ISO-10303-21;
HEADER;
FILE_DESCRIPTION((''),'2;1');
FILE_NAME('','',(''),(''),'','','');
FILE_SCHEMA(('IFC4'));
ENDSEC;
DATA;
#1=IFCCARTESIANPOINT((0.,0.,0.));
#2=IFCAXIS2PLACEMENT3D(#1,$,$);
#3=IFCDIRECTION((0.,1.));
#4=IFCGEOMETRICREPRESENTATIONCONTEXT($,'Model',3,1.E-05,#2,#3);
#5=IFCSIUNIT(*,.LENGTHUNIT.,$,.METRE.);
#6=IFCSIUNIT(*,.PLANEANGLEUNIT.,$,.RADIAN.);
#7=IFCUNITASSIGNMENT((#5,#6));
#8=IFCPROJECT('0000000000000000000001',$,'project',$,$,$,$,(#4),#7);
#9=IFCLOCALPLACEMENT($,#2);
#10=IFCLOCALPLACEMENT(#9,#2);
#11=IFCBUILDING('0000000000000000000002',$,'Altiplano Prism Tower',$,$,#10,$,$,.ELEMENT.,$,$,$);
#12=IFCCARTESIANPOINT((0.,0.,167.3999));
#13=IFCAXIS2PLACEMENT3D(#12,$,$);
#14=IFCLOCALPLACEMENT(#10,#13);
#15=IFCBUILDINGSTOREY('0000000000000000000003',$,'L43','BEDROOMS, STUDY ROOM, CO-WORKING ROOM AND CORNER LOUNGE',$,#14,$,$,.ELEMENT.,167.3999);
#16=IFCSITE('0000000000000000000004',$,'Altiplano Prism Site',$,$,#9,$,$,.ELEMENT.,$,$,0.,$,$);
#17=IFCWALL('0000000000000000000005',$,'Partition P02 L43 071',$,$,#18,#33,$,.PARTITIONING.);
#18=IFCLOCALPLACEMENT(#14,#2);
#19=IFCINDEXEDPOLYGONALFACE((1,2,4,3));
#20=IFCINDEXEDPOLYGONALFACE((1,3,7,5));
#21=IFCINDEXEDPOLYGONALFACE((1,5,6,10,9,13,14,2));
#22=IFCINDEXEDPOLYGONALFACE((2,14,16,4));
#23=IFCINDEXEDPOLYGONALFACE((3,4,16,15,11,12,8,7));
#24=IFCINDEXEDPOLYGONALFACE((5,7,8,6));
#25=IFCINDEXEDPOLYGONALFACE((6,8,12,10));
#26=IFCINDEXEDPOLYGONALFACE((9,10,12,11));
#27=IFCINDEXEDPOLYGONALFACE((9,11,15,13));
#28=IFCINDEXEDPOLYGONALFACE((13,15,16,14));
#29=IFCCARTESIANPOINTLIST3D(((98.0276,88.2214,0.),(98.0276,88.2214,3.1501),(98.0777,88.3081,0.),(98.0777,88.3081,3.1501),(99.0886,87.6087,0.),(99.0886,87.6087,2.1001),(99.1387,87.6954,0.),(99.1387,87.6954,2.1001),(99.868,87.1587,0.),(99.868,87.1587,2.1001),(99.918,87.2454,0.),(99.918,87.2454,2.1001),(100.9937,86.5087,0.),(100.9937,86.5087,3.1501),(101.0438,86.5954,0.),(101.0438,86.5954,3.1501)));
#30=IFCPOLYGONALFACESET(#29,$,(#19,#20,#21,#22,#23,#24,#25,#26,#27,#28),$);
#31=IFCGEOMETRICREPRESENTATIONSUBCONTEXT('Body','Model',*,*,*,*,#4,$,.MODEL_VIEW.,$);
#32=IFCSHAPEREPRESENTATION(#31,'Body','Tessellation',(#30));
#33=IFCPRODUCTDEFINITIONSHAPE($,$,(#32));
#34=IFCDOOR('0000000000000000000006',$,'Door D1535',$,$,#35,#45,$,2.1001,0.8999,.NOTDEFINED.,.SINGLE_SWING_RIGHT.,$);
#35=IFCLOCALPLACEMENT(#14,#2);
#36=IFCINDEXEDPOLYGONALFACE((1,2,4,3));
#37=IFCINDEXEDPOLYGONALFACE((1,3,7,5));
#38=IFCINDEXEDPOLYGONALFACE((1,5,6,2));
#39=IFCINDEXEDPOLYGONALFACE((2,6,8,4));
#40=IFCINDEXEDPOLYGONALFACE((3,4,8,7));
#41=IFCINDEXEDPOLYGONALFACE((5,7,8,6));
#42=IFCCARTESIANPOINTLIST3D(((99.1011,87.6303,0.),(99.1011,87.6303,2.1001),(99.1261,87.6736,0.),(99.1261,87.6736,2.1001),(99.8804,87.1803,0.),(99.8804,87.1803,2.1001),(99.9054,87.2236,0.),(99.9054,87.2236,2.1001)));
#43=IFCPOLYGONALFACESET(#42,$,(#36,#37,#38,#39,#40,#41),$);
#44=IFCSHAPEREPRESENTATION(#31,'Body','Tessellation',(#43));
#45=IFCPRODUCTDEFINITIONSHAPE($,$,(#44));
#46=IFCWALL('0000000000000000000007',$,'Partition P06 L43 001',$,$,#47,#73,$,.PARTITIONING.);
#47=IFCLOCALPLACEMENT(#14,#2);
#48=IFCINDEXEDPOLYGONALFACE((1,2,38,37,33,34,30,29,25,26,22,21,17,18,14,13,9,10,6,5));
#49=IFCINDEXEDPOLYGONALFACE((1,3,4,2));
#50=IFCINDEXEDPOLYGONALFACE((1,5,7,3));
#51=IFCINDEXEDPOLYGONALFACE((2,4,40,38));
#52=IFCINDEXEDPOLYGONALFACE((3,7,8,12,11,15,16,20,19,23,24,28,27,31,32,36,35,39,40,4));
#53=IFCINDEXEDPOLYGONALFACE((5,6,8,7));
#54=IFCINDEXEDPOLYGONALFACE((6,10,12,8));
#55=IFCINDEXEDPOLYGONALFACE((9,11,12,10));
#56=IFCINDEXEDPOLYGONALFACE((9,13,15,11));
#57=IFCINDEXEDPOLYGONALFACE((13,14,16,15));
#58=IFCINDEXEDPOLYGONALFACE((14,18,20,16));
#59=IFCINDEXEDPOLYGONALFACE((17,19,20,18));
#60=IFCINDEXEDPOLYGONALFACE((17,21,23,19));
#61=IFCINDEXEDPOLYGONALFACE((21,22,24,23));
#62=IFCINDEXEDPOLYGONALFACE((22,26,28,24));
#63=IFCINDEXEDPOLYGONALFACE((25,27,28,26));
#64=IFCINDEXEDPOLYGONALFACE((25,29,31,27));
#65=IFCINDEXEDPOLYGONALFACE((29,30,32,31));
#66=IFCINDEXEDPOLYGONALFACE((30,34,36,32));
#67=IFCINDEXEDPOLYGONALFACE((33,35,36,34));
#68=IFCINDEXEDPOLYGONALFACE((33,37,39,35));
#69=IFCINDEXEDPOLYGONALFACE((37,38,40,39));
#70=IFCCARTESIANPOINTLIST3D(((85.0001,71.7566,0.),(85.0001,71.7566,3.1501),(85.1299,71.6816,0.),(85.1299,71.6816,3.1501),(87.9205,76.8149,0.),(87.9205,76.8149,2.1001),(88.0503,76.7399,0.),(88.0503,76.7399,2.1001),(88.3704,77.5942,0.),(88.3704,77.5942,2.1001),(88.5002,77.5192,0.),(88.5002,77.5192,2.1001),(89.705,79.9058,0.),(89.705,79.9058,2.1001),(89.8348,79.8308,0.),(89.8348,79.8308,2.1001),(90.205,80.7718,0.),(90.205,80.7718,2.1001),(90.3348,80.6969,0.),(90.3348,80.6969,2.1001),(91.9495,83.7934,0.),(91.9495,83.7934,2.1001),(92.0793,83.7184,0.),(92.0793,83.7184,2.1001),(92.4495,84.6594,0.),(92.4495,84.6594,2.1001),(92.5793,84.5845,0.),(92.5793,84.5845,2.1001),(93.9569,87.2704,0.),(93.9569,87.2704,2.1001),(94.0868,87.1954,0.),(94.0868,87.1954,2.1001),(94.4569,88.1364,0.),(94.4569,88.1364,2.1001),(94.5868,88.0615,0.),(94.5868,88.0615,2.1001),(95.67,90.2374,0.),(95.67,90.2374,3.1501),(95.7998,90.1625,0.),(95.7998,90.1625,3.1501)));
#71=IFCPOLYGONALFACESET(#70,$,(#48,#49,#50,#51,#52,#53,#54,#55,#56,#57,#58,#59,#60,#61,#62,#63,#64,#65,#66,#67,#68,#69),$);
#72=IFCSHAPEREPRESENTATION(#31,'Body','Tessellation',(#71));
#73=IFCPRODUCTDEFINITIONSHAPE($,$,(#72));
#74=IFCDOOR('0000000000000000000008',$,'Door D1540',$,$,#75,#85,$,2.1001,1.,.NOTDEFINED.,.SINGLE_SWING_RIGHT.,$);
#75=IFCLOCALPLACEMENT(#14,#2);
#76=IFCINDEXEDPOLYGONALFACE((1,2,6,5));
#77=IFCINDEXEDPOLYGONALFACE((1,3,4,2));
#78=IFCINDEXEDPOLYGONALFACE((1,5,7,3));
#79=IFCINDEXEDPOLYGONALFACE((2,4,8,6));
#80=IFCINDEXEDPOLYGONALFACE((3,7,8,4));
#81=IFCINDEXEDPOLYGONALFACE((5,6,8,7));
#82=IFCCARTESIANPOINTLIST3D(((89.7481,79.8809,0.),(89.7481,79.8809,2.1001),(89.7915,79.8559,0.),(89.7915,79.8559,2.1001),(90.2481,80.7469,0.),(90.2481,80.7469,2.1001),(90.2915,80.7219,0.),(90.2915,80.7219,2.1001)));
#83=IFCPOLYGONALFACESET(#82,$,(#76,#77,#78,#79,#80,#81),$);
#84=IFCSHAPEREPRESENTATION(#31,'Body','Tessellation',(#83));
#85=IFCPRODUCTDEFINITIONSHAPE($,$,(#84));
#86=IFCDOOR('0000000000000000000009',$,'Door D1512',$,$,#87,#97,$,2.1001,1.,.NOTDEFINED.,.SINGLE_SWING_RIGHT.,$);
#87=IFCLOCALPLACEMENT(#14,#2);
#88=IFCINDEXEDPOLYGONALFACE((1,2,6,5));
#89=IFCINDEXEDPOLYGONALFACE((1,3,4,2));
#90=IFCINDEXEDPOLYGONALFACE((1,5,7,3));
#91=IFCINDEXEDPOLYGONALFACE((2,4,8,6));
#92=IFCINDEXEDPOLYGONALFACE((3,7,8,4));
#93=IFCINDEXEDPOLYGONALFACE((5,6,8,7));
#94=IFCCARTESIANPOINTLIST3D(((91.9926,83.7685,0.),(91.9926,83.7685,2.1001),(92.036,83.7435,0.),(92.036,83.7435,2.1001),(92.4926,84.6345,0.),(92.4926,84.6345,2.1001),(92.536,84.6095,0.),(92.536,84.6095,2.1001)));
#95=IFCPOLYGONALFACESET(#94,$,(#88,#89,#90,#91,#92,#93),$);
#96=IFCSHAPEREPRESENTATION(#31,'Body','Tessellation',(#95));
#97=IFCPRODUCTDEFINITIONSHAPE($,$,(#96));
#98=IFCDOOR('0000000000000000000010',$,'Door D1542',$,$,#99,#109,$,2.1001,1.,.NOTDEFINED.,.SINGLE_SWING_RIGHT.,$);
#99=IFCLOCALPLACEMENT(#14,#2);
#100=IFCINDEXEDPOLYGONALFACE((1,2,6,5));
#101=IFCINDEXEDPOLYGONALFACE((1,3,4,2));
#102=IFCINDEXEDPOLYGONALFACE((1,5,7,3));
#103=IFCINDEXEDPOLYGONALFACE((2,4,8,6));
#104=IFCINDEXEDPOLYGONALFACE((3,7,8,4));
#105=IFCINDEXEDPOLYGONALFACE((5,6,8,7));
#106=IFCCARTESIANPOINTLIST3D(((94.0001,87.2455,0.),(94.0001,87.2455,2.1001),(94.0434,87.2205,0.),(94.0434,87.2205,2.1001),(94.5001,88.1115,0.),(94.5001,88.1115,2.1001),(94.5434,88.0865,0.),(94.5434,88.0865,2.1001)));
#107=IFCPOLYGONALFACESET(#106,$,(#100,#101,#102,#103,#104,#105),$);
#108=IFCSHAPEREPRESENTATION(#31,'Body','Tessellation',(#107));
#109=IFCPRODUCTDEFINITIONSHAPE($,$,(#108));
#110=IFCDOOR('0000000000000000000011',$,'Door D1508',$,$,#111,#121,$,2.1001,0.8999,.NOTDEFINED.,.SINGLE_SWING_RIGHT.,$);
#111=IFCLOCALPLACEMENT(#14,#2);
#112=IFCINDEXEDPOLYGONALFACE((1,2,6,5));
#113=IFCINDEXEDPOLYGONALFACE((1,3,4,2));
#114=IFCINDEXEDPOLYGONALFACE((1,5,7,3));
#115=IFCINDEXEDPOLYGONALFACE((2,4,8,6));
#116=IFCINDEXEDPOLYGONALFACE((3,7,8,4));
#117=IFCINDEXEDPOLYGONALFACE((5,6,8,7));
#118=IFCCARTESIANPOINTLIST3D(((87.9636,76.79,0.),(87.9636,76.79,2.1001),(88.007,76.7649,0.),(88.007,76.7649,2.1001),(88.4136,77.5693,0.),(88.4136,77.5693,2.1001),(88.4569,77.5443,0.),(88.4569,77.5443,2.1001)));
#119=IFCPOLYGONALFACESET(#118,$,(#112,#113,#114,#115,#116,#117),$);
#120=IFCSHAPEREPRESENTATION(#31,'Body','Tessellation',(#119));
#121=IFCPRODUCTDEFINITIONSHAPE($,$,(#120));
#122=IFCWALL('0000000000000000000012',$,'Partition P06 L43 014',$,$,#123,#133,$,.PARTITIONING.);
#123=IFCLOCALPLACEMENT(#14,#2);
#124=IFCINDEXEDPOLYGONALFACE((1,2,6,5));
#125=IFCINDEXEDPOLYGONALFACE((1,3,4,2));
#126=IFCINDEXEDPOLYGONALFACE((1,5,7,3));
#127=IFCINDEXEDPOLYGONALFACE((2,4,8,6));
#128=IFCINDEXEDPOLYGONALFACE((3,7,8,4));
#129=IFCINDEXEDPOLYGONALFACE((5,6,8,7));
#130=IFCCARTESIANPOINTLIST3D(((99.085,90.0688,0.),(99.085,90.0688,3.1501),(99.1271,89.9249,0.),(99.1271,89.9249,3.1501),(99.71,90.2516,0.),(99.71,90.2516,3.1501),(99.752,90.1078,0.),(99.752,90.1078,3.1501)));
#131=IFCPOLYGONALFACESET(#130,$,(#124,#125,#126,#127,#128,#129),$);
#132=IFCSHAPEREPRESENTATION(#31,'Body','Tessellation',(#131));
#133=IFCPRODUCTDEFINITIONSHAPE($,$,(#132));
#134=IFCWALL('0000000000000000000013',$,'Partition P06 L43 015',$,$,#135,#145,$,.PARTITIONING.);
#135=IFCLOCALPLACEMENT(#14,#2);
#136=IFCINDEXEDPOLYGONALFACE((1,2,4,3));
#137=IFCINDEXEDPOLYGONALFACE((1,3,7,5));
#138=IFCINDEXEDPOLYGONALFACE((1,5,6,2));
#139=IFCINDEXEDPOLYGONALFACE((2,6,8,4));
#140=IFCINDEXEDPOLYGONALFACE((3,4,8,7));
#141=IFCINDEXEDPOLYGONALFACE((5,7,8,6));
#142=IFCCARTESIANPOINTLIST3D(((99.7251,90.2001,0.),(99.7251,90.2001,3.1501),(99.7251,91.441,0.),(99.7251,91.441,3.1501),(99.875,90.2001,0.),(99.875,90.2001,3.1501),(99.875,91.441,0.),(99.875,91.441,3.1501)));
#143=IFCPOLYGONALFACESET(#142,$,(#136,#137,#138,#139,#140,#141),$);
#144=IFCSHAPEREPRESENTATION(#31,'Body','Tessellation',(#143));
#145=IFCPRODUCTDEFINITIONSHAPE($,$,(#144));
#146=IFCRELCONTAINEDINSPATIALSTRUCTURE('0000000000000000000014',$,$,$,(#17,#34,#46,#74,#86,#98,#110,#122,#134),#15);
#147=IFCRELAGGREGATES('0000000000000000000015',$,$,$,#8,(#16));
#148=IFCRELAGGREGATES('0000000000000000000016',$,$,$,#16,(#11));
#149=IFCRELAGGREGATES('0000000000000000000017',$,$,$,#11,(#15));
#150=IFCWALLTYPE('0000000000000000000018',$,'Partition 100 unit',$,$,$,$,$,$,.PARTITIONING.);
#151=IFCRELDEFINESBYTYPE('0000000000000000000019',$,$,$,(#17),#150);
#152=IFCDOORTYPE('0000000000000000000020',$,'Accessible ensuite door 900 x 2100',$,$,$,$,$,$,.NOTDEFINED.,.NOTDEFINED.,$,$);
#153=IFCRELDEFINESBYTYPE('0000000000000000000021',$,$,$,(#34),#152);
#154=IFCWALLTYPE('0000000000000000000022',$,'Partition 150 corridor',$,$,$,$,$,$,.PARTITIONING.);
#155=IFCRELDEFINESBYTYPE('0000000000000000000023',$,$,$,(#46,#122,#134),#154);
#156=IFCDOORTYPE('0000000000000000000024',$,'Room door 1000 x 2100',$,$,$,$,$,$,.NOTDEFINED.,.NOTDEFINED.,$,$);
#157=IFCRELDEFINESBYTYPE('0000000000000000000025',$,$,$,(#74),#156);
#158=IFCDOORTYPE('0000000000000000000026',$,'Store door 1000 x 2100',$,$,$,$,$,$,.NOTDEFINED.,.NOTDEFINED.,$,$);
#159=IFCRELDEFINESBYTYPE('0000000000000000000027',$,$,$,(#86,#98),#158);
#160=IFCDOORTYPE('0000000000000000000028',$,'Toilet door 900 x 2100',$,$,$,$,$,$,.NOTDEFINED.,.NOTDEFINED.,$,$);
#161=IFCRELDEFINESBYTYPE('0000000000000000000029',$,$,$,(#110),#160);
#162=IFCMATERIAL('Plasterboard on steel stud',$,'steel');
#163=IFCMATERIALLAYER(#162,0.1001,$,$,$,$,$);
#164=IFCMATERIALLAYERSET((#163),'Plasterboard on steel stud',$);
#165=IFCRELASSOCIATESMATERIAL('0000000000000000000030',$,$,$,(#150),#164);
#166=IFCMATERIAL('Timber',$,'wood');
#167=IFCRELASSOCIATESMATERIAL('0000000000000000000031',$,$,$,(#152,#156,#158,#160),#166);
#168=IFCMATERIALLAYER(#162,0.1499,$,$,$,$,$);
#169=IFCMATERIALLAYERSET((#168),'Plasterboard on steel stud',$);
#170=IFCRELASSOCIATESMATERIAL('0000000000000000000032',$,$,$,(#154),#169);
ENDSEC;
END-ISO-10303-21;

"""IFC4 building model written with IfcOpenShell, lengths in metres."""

from ifc_helpers import new_model, si_unit, direction, frame, frame_2d, origin, place, context, subcontext, project, spatial, rectangle, extrude, material, layer, layer_set, type_object, element, fill, save


model = new_model("IFC4")

# Units and contexts
model_context = context("Model", 3, precision=1e-05, world=origin(), true_north=direction((0.0, 1.0)))
body_context = subcontext(model_context, "Body", "Model", "MODEL_VIEW")
ifc_project = project(units=[si_unit("LENGTHUNIT", "METRE"), si_unit("PLANEANGLEUNIT", "RADIAN")], contexts=[model_context])

# Site, building, storey
site_placement = place(None, origin())
site = spatial("IfcSite", under=ifc_project, at=site_placement, Name="Altiplano Prism Site", CompositionType="ELEMENT", RefElevation=0.0)
building_placement = place(site_placement, origin())
building = spatial("IfcBuilding", under=site, at=building_placement, Name="Altiplano Prism Tower", CompositionType="ELEMENT")
storey_placement = place(building_placement, frame((0.0, 0.0, 167.3999)))
storey = spatial("IfcBuildingStorey", under=building, at=storey_placement, Name="L43", Description="BEDROOMS, STUDY ROOM, CO-WORKING ROOM AND CORNER LOUNGE", CompositionType="ELEMENT", Elevation=167.3999)

# Wall, opening, door
ifc_material_1 = material(Name="Plasterboard on steel stud", Category="steel")
ifc_layer_1 = layer(ifc_material_1, 0.1001)
ifc_layer_set_1 = layer_set([ifc_layer_1], Name="Plasterboard on steel stud")
wall_type_1 = type_object("IfcWallType", Name="Partition 100 unit", PredefinedType="PARTITIONING", material=ifc_layer_set_1)
wall_1_placement = place(storey_placement, frame((98.0527, 88.2646, 0.0), z_axis=(0.0, 0.0, 1.0), x_axis=(0.866002, -0.500041, 0.0)))
wall_1 = element("IfcWall", 1, at=wall_1_placement, inside=storey, type_object=wall_type_1, Name="Partition P02 L43 071", PredefinedType="PARTITIONING", context=body_context, shape_type="SweptSolid", body=[
    extrude(rectangle(XDim=3.425, YDim=0.1001, at=frame_2d((1.7124, 0.0))), origin(), (0.0, 0.0, 1.0), 3.1501),
])
opening_1_placement = place(wall_1_placement, frame((1.2251, 0.0, 0.0)))
opening_1 = element("IfcOpeningElement", 2, at=opening_1_placement, cuts=wall_1, PredefinedType="OPENING", context=body_context, shape_type="SweptSolid", body=[
    extrude(rectangle(XDim=0.8999, YDim=2.1001, at=frame_2d((0.45, 1.05))), frame((0.0, 0.0605, 0.0), z_axis=(0.0, -1.0, 0.0), x_axis=(1.0, 0.0, 0.0)), (0.0, 0.0, 1.0), 0.1211),
])
ifc_material_2 = material(Name="Timber", Category="wood")
door_type_1 = type_object("IfcDoorType", Name="Accessible ensuite door 900 x 2100", OperationType="NOTDEFINED", PredefinedType="NOTDEFINED", material=ifc_material_2)
door_1_placement = place(opening_1_placement, origin())
door_1 = element("IfcDoor", 3, at=door_1_placement, inside=storey, type_object=door_type_1, Name="Door D1535", OperationType="SINGLE_SWING_RIGHT", OverallHeight=2.1001, OverallWidth=0.8999, PredefinedType="NOTDEFINED", context=body_context, shape_type="SweptSolid", body=[
    extrude(rectangle(XDim=0.8999, YDim=2.1001, at=frame_2d((0.45, 1.05))), frame((0.0, 0.0249, 0.0), z_axis=(0.0, -1.0, 0.0), x_axis=(1.0, 0.0, 0.0)), (0.0, 0.0, 1.0), 0.05),
])
fill(opening_1, door_1)

# Wall, openings, doors
ifc_layer_2 = layer(ifc_material_1, 0.1499)
ifc_layer_set_2 = layer_set([ifc_layer_2], Name="Plasterboard on steel stud")
wall_type_2 = type_object("IfcWallType", Name="Partition 150 corridor", PredefinedType="PARTITIONING", material=ifc_layer_set_2)
wall_2_placement = place(storey_placement, frame((95.7349, 90.2, 0.0), z_axis=(0.0, 0.0, 1.0), x_axis=(-0.499998, -0.866027, 0.0)))
wall_2 = element("IfcWall", 4, at=wall_2_placement, inside=storey, type_object=wall_type_2, Name="Partition P06 L43 001", PredefinedType="PARTITIONING", context=body_context, shape_type="SweptSolid", body=[
    extrude(rectangle(XDim=21.3398, YDim=0.1499, at=frame_2d((10.6699, 0.0))), origin(), (0.0, 0.0, 1.0), 3.1501),
])
opening_2_placement = place(wall_2_placement, frame((14.5991, 0.0, 0.0)))
opening_2 = element("IfcOpeningElement", 5, at=opening_2_placement, cuts=wall_2, PredefinedType="OPENING", context=body_context, shape_type="SweptSolid", body=[
    extrude(rectangle(XDim=0.8999, YDim=2.1001, at=frame_2d((0.45, 1.05))), frame((0.0, 0.0854, 0.0), z_axis=(0.0, -1.0, 0.0), x_axis=(1.0, 0.0, 0.0)), (0.0, 0.0, 1.0), 0.1709),
])
opening_3_placement = place(wall_2_placement, frame((6.4409, 0.0, 0.0)))
opening_3 = element("IfcOpeningElement", 6, at=opening_3_placement, cuts=wall_2, PredefinedType="OPENING", context=body_context, shape_type="SweptSolid", body=[
    extrude(rectangle(XDim=1.0, YDim=2.1001, at=frame_2d((0.5, 1.05))), frame((0.0, 0.0854, 0.0), z_axis=(0.0, -1.0, 0.0), x_axis=(1.0, 0.0, 0.0)), (0.0, 0.0, 1.0), 0.1709),
])
opening_4_placement = place(wall_2_placement, frame((10.9299, 0.0, 0.0)))
opening_4 = element("IfcOpeningElement", 7, at=opening_4_placement, cuts=wall_2, PredefinedType="OPENING", context=body_context, shape_type="SweptSolid", body=[
    extrude(rectangle(XDim=1.0, YDim=2.1001, at=frame_2d((0.5, 1.05))), frame((0.0, 0.0854, 0.0), z_axis=(0.0, -1.0, 0.0), x_axis=(1.0, 0.0, 0.0)), (0.0, 0.0, 1.0), 0.1709),
])
opening_5_placement = place(wall_2_placement, frame((2.426, 0.0, 0.0)))
opening_5 = element("IfcOpeningElement", 8, at=opening_5_placement, cuts=wall_2, PredefinedType="OPENING", context=body_context, shape_type="SweptSolid", body=[
    extrude(rectangle(XDim=1.0, YDim=2.1001, at=frame_2d((0.5, 1.05))), frame((0.0, 0.0854, 0.0), z_axis=(0.0, -1.0, 0.0), x_axis=(1.0, 0.0, 0.0)), (0.0, 0.0, 1.0), 0.1709),
])
door_type_2 = type_object("IfcDoorType", Name="Room door 1000 x 2100", OperationType="NOTDEFINED", PredefinedType="NOTDEFINED", material=ifc_material_2)
door_2_placement = place(opening_4_placement, origin())
door_2 = element("IfcDoor", 9, at=door_2_placement, inside=storey, type_object=door_type_2, Name="Door D1540", OperationType="SINGLE_SWING_RIGHT", OverallHeight=2.1001, OverallWidth=1.0, PredefinedType="NOTDEFINED", context=body_context, shape_type="SweptSolid", body=[
    extrude(rectangle(XDim=1.0, YDim=2.1001, at=frame_2d((0.5, 1.05))), frame((0.0, 0.0249, 0.0), z_axis=(0.0, -1.0, 0.0), x_axis=(1.0, 0.0, 0.0)), (0.0, 0.0, 1.0), 0.05),
])
fill(opening_4, door_2)
door_type_3 = type_object("IfcDoorType", Name="Store door 1000 x 2100", OperationType="NOTDEFINED", PredefinedType="NOTDEFINED", material=ifc_material_2)
door_3_placement = place(opening_3_placement, origin())
door_3 = element("IfcDoor", 10, at=door_3_placement, inside=storey, type_object=door_type_3, Name="Door D1512", OperationType="SINGLE_SWING_RIGHT", OverallHeight=2.1001, OverallWidth=1.0, PredefinedType="NOTDEFINED", context=body_context, shape_type="SweptSolid", body=[
    extrude(rectangle(XDim=1.0, YDim=2.1001, at=frame_2d((0.5, 1.05))), frame((0.0, 0.0249, 0.0), z_axis=(0.0, -1.0, 0.0), x_axis=(1.0, 0.0, 0.0)), (0.0, 0.0, 1.0), 0.05),
])
fill(opening_3, door_3)
door_4_placement = place(opening_5_placement, origin())
door_4 = element("IfcDoor", 11, at=door_4_placement, inside=storey, type_object=door_type_3, Name="Door D1542", OperationType="SINGLE_SWING_RIGHT", OverallHeight=2.1001, OverallWidth=1.0, PredefinedType="NOTDEFINED", context=body_context, shape_type="SweptSolid", body=[
    extrude(rectangle(XDim=1.0, YDim=2.1001, at=frame_2d((0.5, 1.05))), frame((0.0, 0.0249, 0.0), z_axis=(0.0, -1.0, 0.0), x_axis=(1.0, 0.0, 0.0)), (0.0, 0.0, 1.0), 0.05),
])
fill(opening_5, door_4)
door_type_4 = type_object("IfcDoorType", Name="Toilet door 900 x 2100", OperationType="NOTDEFINED", PredefinedType="NOTDEFINED", material=ifc_material_2)
door_5_placement = place(opening_2_placement, origin())
door_5 = element("IfcDoor", 12, at=door_5_placement, inside=storey, type_object=door_type_4, Name="Door D1508", OperationType="SINGLE_SWING_RIGHT", OverallHeight=2.1001, OverallWidth=0.8999, PredefinedType="NOTDEFINED", context=body_context, shape_type="SweptSolid", body=[
    extrude(rectangle(XDim=0.8999, YDim=2.1001, at=frame_2d((0.45, 1.05))), frame((0.0, 0.0249, 0.0), z_axis=(0.0, -1.0, 0.0), x_axis=(1.0, 0.0, 0.0)), (0.0, 0.0, 1.0), 0.05),
])
fill(opening_2, door_5)

# Walls
wall_3_placement = place(storey_placement, frame((99.106, 89.9968, 0.0), z_axis=(0.0, 0.0, 1.0), x_axis=(0.959765, 0.280806, 0.0)))
element("IfcWall", 13, at=wall_3_placement, inside=storey, type_object=wall_type_2, Name="Partition P06 L43 014", PredefinedType="PARTITIONING", context=body_context, shape_type="SweptSolid", body=[
    extrude(rectangle(XDim=0.6511, YDim=0.1499, at=frame_2d((0.3257, 0.0))), origin(), (0.0, 0.0, 1.0), 3.1501),
])
wall_4_placement = place(storey_placement, frame((99.8, 90.2, 0.0), z_axis=(0.0, 0.0, 1.0), x_axis=(0.0, 1.0, 0.0)))
element("IfcWall", 14, at=wall_4_placement, inside=storey, type_object=wall_type_2, Name="Partition P06 L43 015", PredefinedType="PARTITIONING", context=body_context, shape_type="SweptSolid", body=[
    extrude(rectangle(XDim=1.241, YDim=0.1499, at=frame_2d((0.6206, 0.0))), origin(), (0.0, 0.0, 1.0), 3.1501),
])

save(model, "model.ifc")
